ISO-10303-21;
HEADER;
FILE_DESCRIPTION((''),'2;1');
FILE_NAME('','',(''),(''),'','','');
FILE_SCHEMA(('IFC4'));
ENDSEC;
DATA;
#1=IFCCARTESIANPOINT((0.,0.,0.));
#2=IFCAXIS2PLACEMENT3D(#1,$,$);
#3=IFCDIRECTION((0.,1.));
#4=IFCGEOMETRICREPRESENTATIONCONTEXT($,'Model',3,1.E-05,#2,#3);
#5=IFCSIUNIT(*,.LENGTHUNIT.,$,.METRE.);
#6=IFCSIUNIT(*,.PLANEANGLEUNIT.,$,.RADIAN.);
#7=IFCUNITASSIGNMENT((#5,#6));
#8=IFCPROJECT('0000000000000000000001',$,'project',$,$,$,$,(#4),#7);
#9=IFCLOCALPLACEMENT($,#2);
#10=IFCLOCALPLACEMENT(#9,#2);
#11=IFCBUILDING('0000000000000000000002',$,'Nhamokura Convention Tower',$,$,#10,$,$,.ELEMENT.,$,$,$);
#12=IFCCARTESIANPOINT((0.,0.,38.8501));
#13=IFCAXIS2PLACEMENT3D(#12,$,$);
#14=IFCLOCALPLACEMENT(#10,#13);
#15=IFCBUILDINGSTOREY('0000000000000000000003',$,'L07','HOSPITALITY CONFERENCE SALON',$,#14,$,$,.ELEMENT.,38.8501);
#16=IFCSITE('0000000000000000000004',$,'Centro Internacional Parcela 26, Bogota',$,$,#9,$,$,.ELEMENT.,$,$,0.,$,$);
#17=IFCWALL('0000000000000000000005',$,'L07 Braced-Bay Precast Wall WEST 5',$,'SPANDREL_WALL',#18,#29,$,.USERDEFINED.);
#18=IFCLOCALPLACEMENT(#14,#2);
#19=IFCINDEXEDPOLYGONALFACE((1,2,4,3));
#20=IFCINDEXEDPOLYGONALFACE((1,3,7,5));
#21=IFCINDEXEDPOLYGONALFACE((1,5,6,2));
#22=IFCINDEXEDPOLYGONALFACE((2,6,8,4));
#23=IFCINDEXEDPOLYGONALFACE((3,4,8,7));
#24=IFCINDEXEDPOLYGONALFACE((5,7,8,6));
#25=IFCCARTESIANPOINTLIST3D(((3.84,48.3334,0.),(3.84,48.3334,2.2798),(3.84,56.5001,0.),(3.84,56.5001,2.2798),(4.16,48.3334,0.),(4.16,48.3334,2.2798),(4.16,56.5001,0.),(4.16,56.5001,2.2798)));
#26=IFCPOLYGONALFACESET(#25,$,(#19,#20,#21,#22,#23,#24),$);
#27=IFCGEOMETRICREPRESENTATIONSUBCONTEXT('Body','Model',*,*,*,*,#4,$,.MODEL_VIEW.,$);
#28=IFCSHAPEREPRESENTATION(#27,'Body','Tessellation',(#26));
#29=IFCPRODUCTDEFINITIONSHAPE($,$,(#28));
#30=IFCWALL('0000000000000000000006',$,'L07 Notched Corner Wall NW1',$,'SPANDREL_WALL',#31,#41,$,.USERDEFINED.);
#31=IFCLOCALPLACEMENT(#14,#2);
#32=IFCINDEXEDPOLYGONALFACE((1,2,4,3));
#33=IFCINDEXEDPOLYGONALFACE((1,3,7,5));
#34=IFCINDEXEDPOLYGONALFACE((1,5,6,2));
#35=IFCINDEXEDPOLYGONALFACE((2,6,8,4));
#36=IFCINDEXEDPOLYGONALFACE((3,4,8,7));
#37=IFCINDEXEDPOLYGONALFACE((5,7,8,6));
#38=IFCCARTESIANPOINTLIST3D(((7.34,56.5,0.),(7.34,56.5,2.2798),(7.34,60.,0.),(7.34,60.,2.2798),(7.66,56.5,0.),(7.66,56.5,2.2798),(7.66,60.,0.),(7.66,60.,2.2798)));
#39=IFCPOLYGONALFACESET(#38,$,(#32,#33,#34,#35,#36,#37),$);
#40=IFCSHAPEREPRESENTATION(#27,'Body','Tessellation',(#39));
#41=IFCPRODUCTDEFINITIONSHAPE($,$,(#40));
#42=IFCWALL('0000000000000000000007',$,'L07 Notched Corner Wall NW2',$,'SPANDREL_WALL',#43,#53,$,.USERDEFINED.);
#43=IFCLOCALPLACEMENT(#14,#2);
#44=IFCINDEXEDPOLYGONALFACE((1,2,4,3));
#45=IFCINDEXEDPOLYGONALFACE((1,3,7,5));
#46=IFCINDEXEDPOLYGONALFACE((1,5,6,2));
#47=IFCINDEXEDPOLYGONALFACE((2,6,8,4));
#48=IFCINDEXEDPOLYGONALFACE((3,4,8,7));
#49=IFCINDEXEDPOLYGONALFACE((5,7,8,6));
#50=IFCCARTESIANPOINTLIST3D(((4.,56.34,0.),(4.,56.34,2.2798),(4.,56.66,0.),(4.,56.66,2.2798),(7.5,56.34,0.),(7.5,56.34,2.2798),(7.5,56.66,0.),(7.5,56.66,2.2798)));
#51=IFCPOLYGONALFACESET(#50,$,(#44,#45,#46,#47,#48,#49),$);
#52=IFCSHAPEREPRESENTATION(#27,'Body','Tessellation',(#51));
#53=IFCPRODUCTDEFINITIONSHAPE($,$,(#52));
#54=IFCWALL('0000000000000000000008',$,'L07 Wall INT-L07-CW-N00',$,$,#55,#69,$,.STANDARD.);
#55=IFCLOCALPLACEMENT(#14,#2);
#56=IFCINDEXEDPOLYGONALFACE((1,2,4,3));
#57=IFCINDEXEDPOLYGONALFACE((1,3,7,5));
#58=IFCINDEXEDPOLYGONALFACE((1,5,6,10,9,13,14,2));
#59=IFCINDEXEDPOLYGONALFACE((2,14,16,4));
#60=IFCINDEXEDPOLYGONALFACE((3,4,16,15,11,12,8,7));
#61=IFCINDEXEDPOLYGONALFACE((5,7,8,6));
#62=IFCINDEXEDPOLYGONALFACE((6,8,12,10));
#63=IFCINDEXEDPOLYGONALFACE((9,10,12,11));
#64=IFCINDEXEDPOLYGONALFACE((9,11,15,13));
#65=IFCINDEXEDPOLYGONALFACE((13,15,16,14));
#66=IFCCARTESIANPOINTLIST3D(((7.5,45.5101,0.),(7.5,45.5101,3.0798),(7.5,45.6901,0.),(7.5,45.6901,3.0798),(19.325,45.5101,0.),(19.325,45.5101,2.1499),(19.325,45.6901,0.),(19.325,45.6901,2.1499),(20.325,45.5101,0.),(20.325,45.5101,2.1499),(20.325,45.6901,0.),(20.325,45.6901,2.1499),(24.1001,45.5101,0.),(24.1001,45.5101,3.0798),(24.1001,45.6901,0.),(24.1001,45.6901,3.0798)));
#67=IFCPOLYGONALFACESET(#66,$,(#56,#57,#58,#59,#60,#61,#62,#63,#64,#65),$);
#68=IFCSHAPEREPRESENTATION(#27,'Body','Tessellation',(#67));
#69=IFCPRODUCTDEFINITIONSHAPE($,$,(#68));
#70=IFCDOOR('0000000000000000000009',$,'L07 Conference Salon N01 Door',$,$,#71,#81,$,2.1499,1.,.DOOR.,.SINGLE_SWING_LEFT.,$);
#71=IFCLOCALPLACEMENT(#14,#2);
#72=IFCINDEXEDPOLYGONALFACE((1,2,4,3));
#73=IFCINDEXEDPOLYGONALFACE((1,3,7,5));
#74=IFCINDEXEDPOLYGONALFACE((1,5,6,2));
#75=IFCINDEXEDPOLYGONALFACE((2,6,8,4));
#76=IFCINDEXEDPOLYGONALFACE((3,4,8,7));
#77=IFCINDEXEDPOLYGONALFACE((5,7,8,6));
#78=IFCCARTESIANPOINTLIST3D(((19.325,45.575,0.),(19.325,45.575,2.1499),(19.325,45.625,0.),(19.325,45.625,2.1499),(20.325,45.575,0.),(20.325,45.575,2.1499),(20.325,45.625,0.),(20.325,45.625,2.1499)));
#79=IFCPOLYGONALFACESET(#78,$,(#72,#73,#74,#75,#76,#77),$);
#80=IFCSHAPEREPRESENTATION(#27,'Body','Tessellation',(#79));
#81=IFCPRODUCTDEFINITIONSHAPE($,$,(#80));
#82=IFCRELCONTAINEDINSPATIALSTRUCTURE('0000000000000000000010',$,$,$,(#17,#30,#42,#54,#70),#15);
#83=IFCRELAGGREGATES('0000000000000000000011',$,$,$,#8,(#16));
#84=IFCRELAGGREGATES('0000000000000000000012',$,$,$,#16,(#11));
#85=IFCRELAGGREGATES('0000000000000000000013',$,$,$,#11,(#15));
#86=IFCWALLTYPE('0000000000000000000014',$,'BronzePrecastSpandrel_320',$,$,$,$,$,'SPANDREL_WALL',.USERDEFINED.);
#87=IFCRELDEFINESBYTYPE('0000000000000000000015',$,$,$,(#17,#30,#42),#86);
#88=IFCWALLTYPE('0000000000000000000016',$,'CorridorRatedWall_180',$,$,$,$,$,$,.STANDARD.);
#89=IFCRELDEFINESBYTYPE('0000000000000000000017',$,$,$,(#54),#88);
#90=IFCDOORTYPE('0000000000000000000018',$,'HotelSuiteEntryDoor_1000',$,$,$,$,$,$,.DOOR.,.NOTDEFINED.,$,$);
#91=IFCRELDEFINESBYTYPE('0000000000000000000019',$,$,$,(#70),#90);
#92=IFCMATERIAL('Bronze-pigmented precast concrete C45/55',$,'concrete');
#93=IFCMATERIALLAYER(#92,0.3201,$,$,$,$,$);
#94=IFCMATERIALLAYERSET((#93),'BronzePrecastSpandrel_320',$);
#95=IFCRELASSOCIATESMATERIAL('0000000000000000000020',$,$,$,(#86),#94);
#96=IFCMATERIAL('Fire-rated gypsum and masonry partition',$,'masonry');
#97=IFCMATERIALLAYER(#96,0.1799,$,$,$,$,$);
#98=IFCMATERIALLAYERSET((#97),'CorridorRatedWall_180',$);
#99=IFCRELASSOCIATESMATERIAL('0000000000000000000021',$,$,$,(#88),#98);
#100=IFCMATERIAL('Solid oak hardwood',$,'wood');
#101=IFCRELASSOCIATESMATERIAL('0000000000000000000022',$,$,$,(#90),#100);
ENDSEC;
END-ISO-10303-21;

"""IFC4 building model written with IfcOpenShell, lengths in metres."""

from ifc_helpers import new_model, si_unit, direction, frame, frame_2d, origin, place, context, subcontext, project, spatial, rectangle, extrude, material, layer, layer_set, type_object, element, fill, save


model = new_model("IFC4")

# Units and contexts
model_context = context("Model", 3, precision=1e-05, world=origin(), true_north=direction((0.0, 1.0)))
body_context = subcontext(model_context, "Body", "Model", "MODEL_VIEW")
ifc_project = project(units=[si_unit("LENGTHUNIT", "METRE"), si_unit("PLANEANGLEUNIT", "RADIAN")], contexts=[model_context])

# Site, building, storey
site_placement = place(None, origin())
site = spatial("IfcSite", under=ifc_project, at=site_placement, Name="Centro Internacional Parcela 26, Bogota", CompositionType="ELEMENT", RefElevation=0.0)
building_placement = place(site_placement, origin())
building = spatial("IfcBuilding", under=site, at=building_placement, Name="Nhamokura Convention Tower", CompositionType="ELEMENT")
storey_placement = place(building_placement, frame((0.0, 0.0, 38.8501)))
storey = spatial("IfcBuildingStorey", under=building, at=storey_placement, Name="L07", Description="HOSPITALITY CONFERENCE SALON", CompositionType="ELEMENT", Elevation=38.8501)

# Walls
ifc_material_1 = material(Name="Bronze-pigmented precast concrete C45/55", Category="concrete")
ifc_layer_1 = layer(ifc_material_1, 0.3201)
ifc_layer_set_1 = layer_set([ifc_layer_1], Name="BronzePrecastSpandrel_320")
wall_type_1 = type_object("IfcWallType", Name="BronzePrecastSpandrel_320", ElementType="SPANDREL_WALL", PredefinedType="USERDEFINED", material=ifc_layer_set_1)
for number, where, z_axis, x_axis, name in (
    (1, (4.0, 48.3333, 0.0), (0.0, 0.0, 1.0), (0.0, 1.0, 0.0), "L07 Braced-Bay Precast Wall WEST 5"),
):
    element("IfcWall", number, at=place(storey_placement, frame(where, z_axis=z_axis, x_axis=x_axis)), inside=storey, type_object=wall_type_1, Name=name, ObjectType="SPANDREL_WALL", PredefinedType="USERDEFINED", context=body_context, shape_type="SweptSolid", body=[
        extrude(rectangle(XDim=8.1667, YDim=0.3201, at=frame_2d((4.0835, 0.0))), origin(), (0.0, 0.0, 1.0), 2.2798),
    ])
for number, where, z_axis, x_axis, name in (
    (2, (7.5, 56.5, 0.0), (0.0, 0.0, 1.0), (0.0, 1.0, 0.0), "L07 Notched Corner Wall NW1"),
    (3, (4.0, 56.5, 0.0), (0.0, 0.0, 1.0), (1.0, 0.0, 0.0), "L07 Notched Corner Wall NW2"),
):
    element("IfcWall", number, at=place(storey_placement, frame(where, z_axis=z_axis, x_axis=x_axis)), inside=storey, type_object=wall_type_1, Name=name, ObjectType="SPANDREL_WALL", PredefinedType="USERDEFINED", context=body_context, shape_type="SweptSolid", body=[
        extrude(rectangle(XDim=3.5, YDim=0.3201, at=frame_2d((1.75, 0.0))), origin(), (0.0, 0.0, 1.0), 2.2798),
    ])

# Wall, opening, door
ifc_material_2 = material(Name="Fire-rated gypsum and masonry partition", Category="masonry")
ifc_layer_2 = layer(ifc_material_2, 0.1799)
ifc_layer_set_2 = layer_set([ifc_layer_2], Name="CorridorRatedWall_180")
wall_type_2 = type_object("IfcWallType", Name="CorridorRatedWall_180", PredefinedType="STANDARD", material=ifc_layer_set_2)
wall_placement = place(storey_placement, frame((7.5, 45.6001, 0.0), z_axis=(0.0, 0.0, 1.0), x_axis=(1.0, 0.0, 0.0)))
wall = element("IfcWall", 4, at=wall_placement, inside=storey, type_object=wall_type_2, Name="L07 Wall INT-L07-CW-N00", PredefinedType="STANDARD", context=body_context, shape_type="SweptSolid", body=[
    extrude(rectangle(XDim=16.6001, YDim=0.1799, at=frame_2d((8.3, 0.0))), origin(), (0.0, 0.0, 1.0), 3.0798),
])
opening_placement = place(wall_placement, frame((11.825, 0.0, 0.0)))
opening = element("IfcOpeningElement", 5, at=opening_placement, cuts=wall, PredefinedType="OPENING", context=body_context, shape_type="SweptSolid", body=[
    extrude(rectangle(XDim=1.0, YDim=2.1499, at=frame_2d((0.5, 1.075))), frame((0.0, 0.0999, 0.0), z_axis=(0.0, -1.0, 0.0), x_axis=(1.0, 0.0, 0.0)), (0.0, 0.0, 1.0), 0.2),
])
ifc_material_3 = material(Name="Solid oak hardwood", Category="wood")
door_type = type_object("IfcDoorType", Name="HotelSuiteEntryDoor_1000", OperationType="NOTDEFINED", PredefinedType="DOOR", material=ifc_material_3)
door_placement = place(opening_placement, origin())
door = element("IfcDoor", 6, at=door_placement, inside=storey, type_object=door_type, Name="L07 Conference Salon N01 Door", OperationType="SINGLE_SWING_LEFT", OverallHeight=2.1499, OverallWidth=1.0, PredefinedType="DOOR", context=body_context, shape_type="SweptSolid", body=[
    extrude(rectangle(XDim=1.0, YDim=2.1499, at=frame_2d((0.5, 1.075))), frame((0.0, 0.0249, 0.0), z_axis=(0.0, -1.0, 0.0), x_axis=(1.0, 0.0, 0.0)), (0.0, 0.0, 1.0), 0.05),
])
fill(opening, door)

save(model, "model.ifc")
